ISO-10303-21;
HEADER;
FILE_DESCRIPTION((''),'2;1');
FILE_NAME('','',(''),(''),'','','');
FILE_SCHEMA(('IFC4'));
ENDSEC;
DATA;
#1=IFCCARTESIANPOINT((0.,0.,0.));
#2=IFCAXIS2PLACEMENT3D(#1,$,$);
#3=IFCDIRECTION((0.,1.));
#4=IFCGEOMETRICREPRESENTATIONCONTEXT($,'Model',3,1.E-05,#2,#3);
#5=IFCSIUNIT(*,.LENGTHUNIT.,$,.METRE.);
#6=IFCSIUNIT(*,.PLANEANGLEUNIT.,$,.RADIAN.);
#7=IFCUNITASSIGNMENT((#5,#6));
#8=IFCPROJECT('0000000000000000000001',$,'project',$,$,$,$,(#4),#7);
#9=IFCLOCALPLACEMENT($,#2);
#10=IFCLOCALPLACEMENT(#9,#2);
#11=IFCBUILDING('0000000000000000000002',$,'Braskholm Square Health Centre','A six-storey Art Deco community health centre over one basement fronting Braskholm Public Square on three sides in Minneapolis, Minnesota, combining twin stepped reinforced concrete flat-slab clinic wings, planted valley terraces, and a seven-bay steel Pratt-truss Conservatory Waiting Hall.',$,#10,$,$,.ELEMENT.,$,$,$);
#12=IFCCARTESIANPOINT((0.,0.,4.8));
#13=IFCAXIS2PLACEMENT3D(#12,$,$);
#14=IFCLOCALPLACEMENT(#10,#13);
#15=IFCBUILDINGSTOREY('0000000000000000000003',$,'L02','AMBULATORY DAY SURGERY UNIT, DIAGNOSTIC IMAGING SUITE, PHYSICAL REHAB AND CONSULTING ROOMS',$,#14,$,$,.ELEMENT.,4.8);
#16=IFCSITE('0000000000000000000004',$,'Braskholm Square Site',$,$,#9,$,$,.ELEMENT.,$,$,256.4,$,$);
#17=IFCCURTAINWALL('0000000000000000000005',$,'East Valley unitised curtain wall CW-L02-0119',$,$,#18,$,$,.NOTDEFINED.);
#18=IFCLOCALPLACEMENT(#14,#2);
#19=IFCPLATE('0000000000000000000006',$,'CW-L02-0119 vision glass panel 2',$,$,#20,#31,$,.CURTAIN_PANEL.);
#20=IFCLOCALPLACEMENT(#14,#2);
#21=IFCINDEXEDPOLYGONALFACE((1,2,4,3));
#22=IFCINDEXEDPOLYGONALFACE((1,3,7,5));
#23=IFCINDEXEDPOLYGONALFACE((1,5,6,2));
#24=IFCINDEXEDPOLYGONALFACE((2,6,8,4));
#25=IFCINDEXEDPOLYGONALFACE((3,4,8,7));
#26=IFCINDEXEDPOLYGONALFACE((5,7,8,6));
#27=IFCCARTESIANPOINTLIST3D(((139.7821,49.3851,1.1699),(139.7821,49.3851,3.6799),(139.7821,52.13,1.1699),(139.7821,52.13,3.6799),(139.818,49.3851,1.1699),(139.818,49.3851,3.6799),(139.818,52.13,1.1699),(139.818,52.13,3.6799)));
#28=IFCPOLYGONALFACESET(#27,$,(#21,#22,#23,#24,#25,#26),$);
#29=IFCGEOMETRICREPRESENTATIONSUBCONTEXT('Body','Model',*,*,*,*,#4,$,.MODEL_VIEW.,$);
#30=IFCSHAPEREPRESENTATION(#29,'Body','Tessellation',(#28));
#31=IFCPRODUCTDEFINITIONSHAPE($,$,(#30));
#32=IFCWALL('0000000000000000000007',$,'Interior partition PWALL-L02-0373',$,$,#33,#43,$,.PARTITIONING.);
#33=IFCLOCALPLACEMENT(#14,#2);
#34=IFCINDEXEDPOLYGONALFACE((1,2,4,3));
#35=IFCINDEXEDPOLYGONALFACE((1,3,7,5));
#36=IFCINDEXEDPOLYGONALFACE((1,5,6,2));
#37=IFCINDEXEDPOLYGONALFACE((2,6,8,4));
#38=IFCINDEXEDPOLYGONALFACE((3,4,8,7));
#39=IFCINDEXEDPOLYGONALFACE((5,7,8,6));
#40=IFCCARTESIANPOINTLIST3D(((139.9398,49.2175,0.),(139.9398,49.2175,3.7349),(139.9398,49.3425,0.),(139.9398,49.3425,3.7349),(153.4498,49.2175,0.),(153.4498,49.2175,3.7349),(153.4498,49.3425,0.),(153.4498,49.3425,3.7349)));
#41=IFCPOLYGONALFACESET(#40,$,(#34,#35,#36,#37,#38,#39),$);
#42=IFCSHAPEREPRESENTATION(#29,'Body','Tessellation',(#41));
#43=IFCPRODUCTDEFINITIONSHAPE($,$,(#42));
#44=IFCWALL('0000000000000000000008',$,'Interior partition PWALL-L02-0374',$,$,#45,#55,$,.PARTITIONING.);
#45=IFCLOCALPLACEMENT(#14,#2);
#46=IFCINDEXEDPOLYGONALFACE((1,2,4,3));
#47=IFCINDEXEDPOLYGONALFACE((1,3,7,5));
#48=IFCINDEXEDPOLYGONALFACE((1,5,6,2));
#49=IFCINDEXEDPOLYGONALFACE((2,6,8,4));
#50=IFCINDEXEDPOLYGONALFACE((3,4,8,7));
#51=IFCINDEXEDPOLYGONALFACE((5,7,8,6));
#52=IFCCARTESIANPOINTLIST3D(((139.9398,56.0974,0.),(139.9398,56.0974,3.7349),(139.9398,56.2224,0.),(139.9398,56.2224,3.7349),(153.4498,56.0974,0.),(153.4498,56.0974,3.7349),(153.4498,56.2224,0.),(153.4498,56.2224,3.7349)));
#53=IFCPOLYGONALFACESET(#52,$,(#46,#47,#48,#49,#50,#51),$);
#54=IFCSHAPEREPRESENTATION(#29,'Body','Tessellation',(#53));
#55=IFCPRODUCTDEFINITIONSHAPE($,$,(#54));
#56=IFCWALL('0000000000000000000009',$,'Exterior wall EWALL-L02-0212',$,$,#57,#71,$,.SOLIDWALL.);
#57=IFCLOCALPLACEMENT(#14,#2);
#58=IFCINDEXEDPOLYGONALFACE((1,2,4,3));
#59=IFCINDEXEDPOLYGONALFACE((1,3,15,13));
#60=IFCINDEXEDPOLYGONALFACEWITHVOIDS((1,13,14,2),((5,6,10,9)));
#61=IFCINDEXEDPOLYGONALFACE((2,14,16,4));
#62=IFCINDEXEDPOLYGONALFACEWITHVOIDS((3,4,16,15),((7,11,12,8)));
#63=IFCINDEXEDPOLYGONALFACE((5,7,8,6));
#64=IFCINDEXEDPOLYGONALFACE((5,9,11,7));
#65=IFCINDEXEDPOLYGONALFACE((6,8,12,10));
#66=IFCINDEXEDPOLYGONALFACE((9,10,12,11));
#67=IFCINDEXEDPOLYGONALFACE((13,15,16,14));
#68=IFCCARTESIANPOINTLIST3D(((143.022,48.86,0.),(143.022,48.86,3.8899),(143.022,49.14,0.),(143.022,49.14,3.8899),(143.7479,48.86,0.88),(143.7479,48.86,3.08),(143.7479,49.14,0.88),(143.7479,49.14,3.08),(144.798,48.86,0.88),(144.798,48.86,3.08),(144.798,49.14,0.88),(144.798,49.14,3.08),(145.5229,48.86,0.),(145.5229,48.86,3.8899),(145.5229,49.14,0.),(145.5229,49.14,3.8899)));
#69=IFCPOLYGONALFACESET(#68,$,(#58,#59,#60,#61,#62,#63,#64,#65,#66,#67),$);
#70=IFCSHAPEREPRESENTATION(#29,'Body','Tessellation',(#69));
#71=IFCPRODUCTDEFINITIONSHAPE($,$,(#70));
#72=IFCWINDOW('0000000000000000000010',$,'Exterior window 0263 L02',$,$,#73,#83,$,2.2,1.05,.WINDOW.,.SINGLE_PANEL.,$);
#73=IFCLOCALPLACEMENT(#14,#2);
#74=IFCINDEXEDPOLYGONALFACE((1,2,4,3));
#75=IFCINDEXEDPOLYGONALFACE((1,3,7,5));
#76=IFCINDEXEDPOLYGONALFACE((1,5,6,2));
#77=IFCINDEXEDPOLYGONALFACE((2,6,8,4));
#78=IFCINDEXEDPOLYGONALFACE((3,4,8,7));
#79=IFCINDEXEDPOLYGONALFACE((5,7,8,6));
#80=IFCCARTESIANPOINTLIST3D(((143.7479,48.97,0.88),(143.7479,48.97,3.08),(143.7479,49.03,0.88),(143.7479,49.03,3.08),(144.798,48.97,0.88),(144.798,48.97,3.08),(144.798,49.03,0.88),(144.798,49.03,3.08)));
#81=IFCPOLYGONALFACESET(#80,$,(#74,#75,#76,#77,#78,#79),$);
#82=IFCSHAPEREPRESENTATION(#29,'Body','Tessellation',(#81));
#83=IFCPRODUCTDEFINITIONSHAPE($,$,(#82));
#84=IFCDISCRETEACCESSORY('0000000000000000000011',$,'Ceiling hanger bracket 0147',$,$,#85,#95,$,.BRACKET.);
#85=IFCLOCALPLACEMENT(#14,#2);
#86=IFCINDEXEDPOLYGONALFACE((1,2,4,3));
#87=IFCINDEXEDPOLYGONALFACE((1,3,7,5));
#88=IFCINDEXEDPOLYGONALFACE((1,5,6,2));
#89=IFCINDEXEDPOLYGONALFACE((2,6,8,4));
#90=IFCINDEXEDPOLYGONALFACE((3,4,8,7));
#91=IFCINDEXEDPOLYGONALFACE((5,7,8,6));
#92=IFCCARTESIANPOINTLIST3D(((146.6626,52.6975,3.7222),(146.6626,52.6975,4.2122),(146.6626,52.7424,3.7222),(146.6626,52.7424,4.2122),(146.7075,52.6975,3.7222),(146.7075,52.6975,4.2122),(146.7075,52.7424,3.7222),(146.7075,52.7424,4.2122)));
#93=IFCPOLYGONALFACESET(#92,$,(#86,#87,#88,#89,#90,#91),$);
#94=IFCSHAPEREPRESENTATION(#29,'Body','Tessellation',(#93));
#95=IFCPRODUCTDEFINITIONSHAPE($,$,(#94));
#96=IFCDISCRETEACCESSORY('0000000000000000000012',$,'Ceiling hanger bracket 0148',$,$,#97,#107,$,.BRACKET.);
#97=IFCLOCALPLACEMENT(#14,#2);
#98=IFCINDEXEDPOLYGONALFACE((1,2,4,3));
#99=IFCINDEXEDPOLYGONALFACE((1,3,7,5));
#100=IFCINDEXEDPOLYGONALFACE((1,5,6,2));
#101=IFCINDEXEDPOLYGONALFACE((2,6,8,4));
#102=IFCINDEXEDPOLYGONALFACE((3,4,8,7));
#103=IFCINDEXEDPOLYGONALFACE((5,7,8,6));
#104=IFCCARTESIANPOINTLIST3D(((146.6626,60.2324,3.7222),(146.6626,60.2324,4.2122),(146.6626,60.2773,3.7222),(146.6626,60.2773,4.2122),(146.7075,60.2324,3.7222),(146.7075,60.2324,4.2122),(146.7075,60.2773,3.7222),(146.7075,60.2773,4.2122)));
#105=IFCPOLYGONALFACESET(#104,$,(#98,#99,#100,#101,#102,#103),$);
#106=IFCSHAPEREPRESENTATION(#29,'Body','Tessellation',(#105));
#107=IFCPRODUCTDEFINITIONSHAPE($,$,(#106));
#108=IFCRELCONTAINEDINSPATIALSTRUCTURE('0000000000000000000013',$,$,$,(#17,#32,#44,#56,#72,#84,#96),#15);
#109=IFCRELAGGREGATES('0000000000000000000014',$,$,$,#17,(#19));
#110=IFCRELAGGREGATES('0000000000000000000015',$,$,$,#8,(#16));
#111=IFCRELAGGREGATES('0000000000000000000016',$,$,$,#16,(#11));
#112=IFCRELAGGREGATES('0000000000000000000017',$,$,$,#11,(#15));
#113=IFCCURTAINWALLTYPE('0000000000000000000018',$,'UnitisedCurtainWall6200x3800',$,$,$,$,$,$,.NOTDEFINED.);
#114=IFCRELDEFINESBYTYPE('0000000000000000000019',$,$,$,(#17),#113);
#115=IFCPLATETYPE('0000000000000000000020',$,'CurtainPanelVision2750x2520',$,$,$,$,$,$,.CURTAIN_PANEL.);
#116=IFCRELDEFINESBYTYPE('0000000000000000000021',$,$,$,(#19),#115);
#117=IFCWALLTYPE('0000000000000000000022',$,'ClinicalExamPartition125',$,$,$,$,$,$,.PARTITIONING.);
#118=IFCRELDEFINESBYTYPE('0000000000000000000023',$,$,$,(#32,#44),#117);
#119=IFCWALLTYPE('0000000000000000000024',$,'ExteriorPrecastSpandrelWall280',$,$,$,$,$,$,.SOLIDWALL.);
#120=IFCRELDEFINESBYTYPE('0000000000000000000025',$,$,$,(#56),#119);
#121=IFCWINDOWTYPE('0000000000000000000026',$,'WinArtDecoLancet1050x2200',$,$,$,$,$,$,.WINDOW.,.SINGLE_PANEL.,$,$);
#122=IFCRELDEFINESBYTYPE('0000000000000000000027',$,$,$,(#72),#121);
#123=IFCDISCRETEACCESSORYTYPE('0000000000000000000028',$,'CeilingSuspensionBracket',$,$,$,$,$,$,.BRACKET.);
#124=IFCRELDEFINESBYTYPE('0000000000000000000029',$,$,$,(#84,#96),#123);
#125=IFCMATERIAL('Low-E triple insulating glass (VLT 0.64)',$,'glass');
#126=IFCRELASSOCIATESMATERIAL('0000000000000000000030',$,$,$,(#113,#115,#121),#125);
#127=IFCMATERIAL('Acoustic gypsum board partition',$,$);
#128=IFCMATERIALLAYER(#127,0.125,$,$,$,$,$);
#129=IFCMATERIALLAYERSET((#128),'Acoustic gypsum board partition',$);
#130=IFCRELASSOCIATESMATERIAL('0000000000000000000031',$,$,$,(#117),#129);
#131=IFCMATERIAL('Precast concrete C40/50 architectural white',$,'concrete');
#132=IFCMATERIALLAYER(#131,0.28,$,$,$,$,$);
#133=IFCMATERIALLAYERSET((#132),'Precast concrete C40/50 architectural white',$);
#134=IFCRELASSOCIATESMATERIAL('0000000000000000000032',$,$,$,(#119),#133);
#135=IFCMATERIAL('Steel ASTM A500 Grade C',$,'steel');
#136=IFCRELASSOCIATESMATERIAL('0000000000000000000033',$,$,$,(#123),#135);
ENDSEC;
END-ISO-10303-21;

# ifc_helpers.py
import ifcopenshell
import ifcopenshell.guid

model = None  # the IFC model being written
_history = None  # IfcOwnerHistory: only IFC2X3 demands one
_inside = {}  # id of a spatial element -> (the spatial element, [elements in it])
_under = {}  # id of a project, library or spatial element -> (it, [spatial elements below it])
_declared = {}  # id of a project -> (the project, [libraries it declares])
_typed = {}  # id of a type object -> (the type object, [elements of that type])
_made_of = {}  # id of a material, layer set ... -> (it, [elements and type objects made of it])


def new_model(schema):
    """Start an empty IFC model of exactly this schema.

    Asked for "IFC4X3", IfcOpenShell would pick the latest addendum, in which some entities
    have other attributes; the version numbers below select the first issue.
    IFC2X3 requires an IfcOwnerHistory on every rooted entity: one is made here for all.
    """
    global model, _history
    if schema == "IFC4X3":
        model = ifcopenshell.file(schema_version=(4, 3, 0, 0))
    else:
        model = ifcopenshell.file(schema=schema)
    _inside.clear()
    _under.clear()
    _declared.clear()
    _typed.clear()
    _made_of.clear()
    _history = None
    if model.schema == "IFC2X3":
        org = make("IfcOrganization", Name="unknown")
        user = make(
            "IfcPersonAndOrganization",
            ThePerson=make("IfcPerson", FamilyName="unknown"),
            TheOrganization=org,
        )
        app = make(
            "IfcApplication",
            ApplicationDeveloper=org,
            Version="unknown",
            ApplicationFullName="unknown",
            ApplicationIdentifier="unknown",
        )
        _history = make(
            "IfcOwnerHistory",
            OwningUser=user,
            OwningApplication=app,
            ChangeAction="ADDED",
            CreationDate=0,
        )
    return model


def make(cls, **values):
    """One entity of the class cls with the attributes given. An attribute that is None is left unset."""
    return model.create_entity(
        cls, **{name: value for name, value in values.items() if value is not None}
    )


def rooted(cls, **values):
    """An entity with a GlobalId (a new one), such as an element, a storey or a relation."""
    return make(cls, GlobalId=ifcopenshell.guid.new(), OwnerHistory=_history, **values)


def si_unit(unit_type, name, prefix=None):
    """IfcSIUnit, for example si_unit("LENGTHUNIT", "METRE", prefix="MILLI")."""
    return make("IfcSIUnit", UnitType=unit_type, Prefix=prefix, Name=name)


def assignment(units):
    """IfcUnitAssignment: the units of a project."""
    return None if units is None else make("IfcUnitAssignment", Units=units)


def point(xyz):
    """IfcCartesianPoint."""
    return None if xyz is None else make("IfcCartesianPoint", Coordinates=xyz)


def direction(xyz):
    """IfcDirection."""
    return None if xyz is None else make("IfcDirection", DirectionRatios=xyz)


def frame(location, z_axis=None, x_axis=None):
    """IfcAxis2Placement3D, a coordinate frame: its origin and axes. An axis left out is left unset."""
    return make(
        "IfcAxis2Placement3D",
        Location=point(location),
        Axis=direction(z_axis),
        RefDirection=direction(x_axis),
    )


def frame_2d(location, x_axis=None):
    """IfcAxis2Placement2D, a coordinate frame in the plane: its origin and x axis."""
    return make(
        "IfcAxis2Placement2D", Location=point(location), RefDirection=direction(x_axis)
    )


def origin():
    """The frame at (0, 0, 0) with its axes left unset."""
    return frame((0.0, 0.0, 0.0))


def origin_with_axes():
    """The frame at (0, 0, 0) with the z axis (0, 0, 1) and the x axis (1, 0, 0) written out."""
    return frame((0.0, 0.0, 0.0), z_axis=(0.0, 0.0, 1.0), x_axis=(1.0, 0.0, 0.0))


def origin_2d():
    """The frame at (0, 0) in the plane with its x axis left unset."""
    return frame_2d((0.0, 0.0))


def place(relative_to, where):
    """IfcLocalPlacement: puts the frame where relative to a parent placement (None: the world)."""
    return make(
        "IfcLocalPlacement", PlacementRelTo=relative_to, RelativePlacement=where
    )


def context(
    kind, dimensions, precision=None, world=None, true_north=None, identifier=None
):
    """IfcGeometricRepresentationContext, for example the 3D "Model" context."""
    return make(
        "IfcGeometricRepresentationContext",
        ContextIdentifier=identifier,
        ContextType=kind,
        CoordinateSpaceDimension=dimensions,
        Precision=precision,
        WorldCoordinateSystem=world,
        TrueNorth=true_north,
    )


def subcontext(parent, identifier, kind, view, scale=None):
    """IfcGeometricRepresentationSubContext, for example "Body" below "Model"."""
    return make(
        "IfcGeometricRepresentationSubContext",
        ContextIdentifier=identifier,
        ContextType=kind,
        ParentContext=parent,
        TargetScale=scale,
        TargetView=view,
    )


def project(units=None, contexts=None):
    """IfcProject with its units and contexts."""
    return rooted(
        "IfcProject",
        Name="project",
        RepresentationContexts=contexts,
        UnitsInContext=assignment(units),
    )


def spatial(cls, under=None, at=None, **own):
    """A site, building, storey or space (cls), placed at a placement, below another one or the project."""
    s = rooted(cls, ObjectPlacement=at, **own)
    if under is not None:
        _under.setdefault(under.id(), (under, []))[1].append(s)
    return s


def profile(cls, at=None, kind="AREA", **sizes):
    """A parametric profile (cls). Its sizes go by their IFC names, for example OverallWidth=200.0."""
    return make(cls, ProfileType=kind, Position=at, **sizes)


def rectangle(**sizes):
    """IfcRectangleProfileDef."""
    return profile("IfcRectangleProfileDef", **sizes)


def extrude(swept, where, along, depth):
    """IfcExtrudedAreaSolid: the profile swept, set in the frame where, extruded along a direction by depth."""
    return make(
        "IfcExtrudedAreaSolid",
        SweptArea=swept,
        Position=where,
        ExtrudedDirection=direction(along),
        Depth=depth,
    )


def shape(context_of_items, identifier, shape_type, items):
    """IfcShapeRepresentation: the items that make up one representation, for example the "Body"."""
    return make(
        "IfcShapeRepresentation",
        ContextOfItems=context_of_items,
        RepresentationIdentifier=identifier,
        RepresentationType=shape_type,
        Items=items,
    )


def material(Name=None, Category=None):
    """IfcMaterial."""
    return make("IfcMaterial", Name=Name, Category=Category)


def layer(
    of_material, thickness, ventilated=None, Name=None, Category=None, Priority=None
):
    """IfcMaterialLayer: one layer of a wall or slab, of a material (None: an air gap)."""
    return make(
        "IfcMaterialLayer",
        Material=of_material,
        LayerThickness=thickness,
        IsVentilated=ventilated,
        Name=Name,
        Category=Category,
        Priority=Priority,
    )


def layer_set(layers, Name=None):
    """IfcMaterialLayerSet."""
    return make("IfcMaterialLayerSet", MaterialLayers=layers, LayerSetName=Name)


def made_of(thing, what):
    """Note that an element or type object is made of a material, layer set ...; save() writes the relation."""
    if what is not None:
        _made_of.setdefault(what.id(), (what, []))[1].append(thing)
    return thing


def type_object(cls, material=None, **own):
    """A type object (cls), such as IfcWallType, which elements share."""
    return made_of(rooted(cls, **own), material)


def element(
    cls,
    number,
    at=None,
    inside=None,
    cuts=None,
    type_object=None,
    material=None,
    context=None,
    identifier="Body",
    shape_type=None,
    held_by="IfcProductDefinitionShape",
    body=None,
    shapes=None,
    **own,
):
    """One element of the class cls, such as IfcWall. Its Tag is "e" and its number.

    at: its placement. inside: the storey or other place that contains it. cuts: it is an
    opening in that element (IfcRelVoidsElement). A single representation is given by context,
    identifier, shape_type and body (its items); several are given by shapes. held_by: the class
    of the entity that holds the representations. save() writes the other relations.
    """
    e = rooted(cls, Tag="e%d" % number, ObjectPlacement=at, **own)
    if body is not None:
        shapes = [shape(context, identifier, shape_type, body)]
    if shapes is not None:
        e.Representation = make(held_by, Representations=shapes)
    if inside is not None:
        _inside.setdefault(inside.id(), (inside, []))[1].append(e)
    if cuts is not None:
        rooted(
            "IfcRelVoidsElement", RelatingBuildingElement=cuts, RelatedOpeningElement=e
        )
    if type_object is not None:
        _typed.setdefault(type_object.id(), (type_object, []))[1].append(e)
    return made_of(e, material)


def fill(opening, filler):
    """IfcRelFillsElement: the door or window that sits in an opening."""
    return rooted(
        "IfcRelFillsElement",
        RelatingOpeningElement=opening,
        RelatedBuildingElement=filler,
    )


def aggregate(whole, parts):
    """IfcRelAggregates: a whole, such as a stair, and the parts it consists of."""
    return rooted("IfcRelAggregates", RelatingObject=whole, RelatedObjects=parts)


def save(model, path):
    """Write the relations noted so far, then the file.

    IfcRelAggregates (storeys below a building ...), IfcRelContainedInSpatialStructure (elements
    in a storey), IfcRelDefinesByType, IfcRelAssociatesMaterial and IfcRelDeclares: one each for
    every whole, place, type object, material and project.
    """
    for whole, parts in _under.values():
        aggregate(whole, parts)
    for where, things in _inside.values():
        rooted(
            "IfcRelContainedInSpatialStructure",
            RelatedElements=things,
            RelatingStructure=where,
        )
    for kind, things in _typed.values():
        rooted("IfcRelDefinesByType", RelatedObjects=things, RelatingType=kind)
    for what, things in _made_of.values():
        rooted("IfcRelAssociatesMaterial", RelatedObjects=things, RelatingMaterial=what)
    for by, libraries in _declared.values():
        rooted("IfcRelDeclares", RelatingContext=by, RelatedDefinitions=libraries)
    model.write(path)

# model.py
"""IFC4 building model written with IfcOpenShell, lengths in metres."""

from ifc_helpers import new_model, si_unit, direction, frame, frame_2d, origin, origin_with_axes, origin_2d, place, context, subcontext, project, spatial, rectangle, extrude, material, layer, layer_set, type_object, element, fill, aggregate, save


model = new_model("IFC4")

# Units and contexts
model_context = context("Model", 3, precision=1e-05, world=origin(), true_north=direction((0.0, 1.0)))
body_context = subcontext(model_context, "Body", "Model", "MODEL_VIEW")
ifc_project = project(units=[si_unit("LENGTHUNIT", "METRE"), si_unit("PLANEANGLEUNIT", "RADIAN")], contexts=[model_context])

# Site, building, storey
site_placement = place(None, origin())
site = spatial("IfcSite", under=ifc_project, at=site_placement, Name="Braskholm Square Site", CompositionType="ELEMENT", RefElevation=256.4)
building_placement = place(site_placement, origin())
building = spatial("IfcBuilding", under=site, at=building_placement, Name="Braskholm Square Health Centre", Description="A six-storey Art Deco community health centre over one basement fronting Braskholm Public Square on three sides in Minneapolis, Minnesota, combining twin stepped reinforced concrete flat-slab clinic wings, planted valley terraces, and a seven-bay steel Pratt-truss Conservatory Waiting Hall.", CompositionType="ELEMENT")
storey_placement = place(building_placement, frame((0.0, 0.0, 4.8)))
storey = spatial("IfcBuildingStorey", under=building, at=storey_placement, Name="L02", Description="AMBULATORY DAY SURGERY UNIT, DIAGNOSTIC IMAGING SUITE, PHYSICAL REHAB AND CONSULTING ROOMS", CompositionType="ELEMENT", Elevation=4.8)

# Shared definitions
ifc_material_1 = material(Name="Precast concrete C40/50 architectural white", Category="concrete")

# Curtain wall
ifc_material_2 = material(Name="Low-E triple insulating glass (VLT 0.64)", Category="glass")
curtain_wall_type = type_object("IfcCurtainWallType", Name="UnitisedCurtainWall6200x3800", PredefinedType="NOTDEFINED", material=ifc_material_2)
curtain_wall_placement = place(storey_placement, origin())
curtain_wall = element("IfcCurtainWall", 1, at=curtain_wall_placement, inside=storey, type_object=curtain_wall_type, Name="East Valley unitised curtain wall CW-L02-0119", PredefinedType="NOTDEFINED")

# Plate
plate_type_1 = type_object("IfcPlateType", Name="CurtainPanelVision2750x2520", PredefinedType="CURTAIN_PANEL", material=ifc_material_2)
plate_1_placement = place(storey_placement, frame((139.8, 50.7576, 1.1699), z_axis=(0.0, 0.0, 1.0), x_axis=(0.0, -1.0, 0.0)))
plate_1 = element("IfcPlate", 2, at=plate_1_placement, type_object=plate_type_1, Name="CW-L02-0119 vision glass panel 2", PredefinedType="CURTAIN_PANEL", context=body_context, shape_type="SweptSolid", body=[
    extrude(rectangle(XDim=2.7449, YDim=0.0359, at=origin_2d()), origin(), (0.0, 0.0, 1.0), 2.51),
])
aggregate(curtain_wall, [plate_1])

# Walls
ifc_material_3 = material(Name="Acoustic gypsum board partition")
ifc_layer_1 = layer(ifc_material_3, 0.125)
ifc_layer_set_1 = layer_set([ifc_layer_1], Name="Acoustic gypsum board partition")
wall_type_1 = type_object("IfcWallType", Name="ClinicalExamPartition125", PredefinedType="PARTITIONING", material=ifc_layer_set_1)
for number, where, z_axis, x_axis, name in (
    (3, (139.9399, 49.28, 0.0), (0.0, 0.0, 1.0), (1.0, 0.0, 0.0), "Interior partition PWALL-L02-0373"),
    (4, (139.9399, 56.1599, 0.0), (0.0, 0.0, 1.0), (1.0, 0.0, 0.0), "Interior partition PWALL-L02-0374"),
):
    element("IfcWall", number, at=place(storey_placement, frame(where, z_axis=z_axis, x_axis=x_axis)), inside=storey, type_object=wall_type_1, Name=name, PredefinedType="PARTITIONING", context=body_context, shape_type="SweptSolid", body=[
        extrude(rectangle(XDim=13.51, YDim=0.125, at=frame_2d((6.7549, 0.0))), origin(), (0.0, 0.0, 1.0), 3.7349),
    ])

# Wall, opening, window
ifc_layer_2 = layer(ifc_material_1, 0.28)
ifc_layer_set_2 = layer_set([ifc_layer_2], Name="Precast concrete C40/50 architectural white")
wall_type_2 = type_object("IfcWallType", Name="ExteriorPrecastSpandrelWall280", PredefinedType="SOLIDWALL", material=ifc_layer_set_2)
wall_placement = place(storey_placement, frame((143.022, 49.0, 0.0), z_axis=(0.0, 0.0, 1.0), x_axis=(1.0, 0.0, 0.0)))
wall = element("IfcWall", 5, at=wall_placement, inside=storey, type_object=wall_type_2, Name="Exterior wall EWALL-L02-0212", PredefinedType="SOLIDWALL", context=body_context, shape_type="SweptSolid", body=[
    extrude(rectangle(XDim=2.501, YDim=0.28, at=frame_2d((1.2505, 0.0))), origin(), (0.0, 0.0, 1.0), 3.8899),
])
opening_placement = place(wall_placement, frame((0.7261, 0.0, 0.8799)))
opening = element("IfcOpeningElement", 6, at=opening_placement, cuts=wall, PredefinedType="OPENING", context=body_context, shape_type="SweptSolid", body=[
    extrude(rectangle(XDim=1.05, YDim=2.2, at=frame_2d((0.5249, 1.1001))), frame((0.0, 0.1499, 0.0), z_axis=(0.0, -1.0, 0.0), x_axis=(1.0, 0.0, 0.0)), (0.0, 0.0, 1.0), 0.3),
])
window_type = type_object("IfcWindowType", Name="WinArtDecoLancet1050x2200", PartitioningType="SINGLE_PANEL", PredefinedType="WINDOW", material=ifc_material_2)
window_placement = place(opening_placement, origin_with_axes())
window = element("IfcWindow", 7, at=window_placement, inside=storey, type_object=window_type, Name="Exterior window 0263 L02", OverallHeight=2.2, OverallWidth=1.05, PartitioningType="SINGLE_PANEL", PredefinedType="WINDOW", context=body_context, shape_type="SweptSolid", body=[
    extrude(rectangle(XDim=1.05, YDim=2.2, at=frame_2d((0.5249, 1.1001))), frame((0.0, 0.03, 0.0), z_axis=(0.0, -1.0, 0.0), x_axis=(1.0, 0.0, 0.0)), (0.0, 0.0, 1.0), 0.0601),
])
fill(opening, window)

# Discrete accessories
ifc_material_4 = material(Name="Steel ASTM A500 Grade C", Category="steel")
discrete_accessory_type = type_object("IfcDiscreteAccessoryType", Name="CeilingSuspensionBracket", PredefinedType="BRACKET", material=ifc_material_4)
for number, where, z_axis, x_axis, name in (
    (8, (146.6851, 52.72, 3.7222), (0.0, 0.0, 1.0), (1.0, 0.0, 0.0), "Ceiling hanger bracket 0147"),
    (9, (146.6851, 60.2549, 3.7222), (0.0, 0.0, 1.0), (1.0, 0.0, 0.0), "Ceiling hanger bracket 0148"),
):
    element("IfcDiscreteAccessory", number, at=place(storey_placement, frame(where, z_axis=z_axis, x_axis=x_axis)), inside=storey, type_object=discrete_accessory_type, Name=name, PredefinedType="BRACKET", context=body_context, shape_type="SweptSolid", body=[
        extrude(rectangle(XDim=0.0449, YDim=0.0449, at=origin_2d()), origin(), (0.0, 0.0, 1.0), 0.49),
    ])

save(model, "model.ifc")
